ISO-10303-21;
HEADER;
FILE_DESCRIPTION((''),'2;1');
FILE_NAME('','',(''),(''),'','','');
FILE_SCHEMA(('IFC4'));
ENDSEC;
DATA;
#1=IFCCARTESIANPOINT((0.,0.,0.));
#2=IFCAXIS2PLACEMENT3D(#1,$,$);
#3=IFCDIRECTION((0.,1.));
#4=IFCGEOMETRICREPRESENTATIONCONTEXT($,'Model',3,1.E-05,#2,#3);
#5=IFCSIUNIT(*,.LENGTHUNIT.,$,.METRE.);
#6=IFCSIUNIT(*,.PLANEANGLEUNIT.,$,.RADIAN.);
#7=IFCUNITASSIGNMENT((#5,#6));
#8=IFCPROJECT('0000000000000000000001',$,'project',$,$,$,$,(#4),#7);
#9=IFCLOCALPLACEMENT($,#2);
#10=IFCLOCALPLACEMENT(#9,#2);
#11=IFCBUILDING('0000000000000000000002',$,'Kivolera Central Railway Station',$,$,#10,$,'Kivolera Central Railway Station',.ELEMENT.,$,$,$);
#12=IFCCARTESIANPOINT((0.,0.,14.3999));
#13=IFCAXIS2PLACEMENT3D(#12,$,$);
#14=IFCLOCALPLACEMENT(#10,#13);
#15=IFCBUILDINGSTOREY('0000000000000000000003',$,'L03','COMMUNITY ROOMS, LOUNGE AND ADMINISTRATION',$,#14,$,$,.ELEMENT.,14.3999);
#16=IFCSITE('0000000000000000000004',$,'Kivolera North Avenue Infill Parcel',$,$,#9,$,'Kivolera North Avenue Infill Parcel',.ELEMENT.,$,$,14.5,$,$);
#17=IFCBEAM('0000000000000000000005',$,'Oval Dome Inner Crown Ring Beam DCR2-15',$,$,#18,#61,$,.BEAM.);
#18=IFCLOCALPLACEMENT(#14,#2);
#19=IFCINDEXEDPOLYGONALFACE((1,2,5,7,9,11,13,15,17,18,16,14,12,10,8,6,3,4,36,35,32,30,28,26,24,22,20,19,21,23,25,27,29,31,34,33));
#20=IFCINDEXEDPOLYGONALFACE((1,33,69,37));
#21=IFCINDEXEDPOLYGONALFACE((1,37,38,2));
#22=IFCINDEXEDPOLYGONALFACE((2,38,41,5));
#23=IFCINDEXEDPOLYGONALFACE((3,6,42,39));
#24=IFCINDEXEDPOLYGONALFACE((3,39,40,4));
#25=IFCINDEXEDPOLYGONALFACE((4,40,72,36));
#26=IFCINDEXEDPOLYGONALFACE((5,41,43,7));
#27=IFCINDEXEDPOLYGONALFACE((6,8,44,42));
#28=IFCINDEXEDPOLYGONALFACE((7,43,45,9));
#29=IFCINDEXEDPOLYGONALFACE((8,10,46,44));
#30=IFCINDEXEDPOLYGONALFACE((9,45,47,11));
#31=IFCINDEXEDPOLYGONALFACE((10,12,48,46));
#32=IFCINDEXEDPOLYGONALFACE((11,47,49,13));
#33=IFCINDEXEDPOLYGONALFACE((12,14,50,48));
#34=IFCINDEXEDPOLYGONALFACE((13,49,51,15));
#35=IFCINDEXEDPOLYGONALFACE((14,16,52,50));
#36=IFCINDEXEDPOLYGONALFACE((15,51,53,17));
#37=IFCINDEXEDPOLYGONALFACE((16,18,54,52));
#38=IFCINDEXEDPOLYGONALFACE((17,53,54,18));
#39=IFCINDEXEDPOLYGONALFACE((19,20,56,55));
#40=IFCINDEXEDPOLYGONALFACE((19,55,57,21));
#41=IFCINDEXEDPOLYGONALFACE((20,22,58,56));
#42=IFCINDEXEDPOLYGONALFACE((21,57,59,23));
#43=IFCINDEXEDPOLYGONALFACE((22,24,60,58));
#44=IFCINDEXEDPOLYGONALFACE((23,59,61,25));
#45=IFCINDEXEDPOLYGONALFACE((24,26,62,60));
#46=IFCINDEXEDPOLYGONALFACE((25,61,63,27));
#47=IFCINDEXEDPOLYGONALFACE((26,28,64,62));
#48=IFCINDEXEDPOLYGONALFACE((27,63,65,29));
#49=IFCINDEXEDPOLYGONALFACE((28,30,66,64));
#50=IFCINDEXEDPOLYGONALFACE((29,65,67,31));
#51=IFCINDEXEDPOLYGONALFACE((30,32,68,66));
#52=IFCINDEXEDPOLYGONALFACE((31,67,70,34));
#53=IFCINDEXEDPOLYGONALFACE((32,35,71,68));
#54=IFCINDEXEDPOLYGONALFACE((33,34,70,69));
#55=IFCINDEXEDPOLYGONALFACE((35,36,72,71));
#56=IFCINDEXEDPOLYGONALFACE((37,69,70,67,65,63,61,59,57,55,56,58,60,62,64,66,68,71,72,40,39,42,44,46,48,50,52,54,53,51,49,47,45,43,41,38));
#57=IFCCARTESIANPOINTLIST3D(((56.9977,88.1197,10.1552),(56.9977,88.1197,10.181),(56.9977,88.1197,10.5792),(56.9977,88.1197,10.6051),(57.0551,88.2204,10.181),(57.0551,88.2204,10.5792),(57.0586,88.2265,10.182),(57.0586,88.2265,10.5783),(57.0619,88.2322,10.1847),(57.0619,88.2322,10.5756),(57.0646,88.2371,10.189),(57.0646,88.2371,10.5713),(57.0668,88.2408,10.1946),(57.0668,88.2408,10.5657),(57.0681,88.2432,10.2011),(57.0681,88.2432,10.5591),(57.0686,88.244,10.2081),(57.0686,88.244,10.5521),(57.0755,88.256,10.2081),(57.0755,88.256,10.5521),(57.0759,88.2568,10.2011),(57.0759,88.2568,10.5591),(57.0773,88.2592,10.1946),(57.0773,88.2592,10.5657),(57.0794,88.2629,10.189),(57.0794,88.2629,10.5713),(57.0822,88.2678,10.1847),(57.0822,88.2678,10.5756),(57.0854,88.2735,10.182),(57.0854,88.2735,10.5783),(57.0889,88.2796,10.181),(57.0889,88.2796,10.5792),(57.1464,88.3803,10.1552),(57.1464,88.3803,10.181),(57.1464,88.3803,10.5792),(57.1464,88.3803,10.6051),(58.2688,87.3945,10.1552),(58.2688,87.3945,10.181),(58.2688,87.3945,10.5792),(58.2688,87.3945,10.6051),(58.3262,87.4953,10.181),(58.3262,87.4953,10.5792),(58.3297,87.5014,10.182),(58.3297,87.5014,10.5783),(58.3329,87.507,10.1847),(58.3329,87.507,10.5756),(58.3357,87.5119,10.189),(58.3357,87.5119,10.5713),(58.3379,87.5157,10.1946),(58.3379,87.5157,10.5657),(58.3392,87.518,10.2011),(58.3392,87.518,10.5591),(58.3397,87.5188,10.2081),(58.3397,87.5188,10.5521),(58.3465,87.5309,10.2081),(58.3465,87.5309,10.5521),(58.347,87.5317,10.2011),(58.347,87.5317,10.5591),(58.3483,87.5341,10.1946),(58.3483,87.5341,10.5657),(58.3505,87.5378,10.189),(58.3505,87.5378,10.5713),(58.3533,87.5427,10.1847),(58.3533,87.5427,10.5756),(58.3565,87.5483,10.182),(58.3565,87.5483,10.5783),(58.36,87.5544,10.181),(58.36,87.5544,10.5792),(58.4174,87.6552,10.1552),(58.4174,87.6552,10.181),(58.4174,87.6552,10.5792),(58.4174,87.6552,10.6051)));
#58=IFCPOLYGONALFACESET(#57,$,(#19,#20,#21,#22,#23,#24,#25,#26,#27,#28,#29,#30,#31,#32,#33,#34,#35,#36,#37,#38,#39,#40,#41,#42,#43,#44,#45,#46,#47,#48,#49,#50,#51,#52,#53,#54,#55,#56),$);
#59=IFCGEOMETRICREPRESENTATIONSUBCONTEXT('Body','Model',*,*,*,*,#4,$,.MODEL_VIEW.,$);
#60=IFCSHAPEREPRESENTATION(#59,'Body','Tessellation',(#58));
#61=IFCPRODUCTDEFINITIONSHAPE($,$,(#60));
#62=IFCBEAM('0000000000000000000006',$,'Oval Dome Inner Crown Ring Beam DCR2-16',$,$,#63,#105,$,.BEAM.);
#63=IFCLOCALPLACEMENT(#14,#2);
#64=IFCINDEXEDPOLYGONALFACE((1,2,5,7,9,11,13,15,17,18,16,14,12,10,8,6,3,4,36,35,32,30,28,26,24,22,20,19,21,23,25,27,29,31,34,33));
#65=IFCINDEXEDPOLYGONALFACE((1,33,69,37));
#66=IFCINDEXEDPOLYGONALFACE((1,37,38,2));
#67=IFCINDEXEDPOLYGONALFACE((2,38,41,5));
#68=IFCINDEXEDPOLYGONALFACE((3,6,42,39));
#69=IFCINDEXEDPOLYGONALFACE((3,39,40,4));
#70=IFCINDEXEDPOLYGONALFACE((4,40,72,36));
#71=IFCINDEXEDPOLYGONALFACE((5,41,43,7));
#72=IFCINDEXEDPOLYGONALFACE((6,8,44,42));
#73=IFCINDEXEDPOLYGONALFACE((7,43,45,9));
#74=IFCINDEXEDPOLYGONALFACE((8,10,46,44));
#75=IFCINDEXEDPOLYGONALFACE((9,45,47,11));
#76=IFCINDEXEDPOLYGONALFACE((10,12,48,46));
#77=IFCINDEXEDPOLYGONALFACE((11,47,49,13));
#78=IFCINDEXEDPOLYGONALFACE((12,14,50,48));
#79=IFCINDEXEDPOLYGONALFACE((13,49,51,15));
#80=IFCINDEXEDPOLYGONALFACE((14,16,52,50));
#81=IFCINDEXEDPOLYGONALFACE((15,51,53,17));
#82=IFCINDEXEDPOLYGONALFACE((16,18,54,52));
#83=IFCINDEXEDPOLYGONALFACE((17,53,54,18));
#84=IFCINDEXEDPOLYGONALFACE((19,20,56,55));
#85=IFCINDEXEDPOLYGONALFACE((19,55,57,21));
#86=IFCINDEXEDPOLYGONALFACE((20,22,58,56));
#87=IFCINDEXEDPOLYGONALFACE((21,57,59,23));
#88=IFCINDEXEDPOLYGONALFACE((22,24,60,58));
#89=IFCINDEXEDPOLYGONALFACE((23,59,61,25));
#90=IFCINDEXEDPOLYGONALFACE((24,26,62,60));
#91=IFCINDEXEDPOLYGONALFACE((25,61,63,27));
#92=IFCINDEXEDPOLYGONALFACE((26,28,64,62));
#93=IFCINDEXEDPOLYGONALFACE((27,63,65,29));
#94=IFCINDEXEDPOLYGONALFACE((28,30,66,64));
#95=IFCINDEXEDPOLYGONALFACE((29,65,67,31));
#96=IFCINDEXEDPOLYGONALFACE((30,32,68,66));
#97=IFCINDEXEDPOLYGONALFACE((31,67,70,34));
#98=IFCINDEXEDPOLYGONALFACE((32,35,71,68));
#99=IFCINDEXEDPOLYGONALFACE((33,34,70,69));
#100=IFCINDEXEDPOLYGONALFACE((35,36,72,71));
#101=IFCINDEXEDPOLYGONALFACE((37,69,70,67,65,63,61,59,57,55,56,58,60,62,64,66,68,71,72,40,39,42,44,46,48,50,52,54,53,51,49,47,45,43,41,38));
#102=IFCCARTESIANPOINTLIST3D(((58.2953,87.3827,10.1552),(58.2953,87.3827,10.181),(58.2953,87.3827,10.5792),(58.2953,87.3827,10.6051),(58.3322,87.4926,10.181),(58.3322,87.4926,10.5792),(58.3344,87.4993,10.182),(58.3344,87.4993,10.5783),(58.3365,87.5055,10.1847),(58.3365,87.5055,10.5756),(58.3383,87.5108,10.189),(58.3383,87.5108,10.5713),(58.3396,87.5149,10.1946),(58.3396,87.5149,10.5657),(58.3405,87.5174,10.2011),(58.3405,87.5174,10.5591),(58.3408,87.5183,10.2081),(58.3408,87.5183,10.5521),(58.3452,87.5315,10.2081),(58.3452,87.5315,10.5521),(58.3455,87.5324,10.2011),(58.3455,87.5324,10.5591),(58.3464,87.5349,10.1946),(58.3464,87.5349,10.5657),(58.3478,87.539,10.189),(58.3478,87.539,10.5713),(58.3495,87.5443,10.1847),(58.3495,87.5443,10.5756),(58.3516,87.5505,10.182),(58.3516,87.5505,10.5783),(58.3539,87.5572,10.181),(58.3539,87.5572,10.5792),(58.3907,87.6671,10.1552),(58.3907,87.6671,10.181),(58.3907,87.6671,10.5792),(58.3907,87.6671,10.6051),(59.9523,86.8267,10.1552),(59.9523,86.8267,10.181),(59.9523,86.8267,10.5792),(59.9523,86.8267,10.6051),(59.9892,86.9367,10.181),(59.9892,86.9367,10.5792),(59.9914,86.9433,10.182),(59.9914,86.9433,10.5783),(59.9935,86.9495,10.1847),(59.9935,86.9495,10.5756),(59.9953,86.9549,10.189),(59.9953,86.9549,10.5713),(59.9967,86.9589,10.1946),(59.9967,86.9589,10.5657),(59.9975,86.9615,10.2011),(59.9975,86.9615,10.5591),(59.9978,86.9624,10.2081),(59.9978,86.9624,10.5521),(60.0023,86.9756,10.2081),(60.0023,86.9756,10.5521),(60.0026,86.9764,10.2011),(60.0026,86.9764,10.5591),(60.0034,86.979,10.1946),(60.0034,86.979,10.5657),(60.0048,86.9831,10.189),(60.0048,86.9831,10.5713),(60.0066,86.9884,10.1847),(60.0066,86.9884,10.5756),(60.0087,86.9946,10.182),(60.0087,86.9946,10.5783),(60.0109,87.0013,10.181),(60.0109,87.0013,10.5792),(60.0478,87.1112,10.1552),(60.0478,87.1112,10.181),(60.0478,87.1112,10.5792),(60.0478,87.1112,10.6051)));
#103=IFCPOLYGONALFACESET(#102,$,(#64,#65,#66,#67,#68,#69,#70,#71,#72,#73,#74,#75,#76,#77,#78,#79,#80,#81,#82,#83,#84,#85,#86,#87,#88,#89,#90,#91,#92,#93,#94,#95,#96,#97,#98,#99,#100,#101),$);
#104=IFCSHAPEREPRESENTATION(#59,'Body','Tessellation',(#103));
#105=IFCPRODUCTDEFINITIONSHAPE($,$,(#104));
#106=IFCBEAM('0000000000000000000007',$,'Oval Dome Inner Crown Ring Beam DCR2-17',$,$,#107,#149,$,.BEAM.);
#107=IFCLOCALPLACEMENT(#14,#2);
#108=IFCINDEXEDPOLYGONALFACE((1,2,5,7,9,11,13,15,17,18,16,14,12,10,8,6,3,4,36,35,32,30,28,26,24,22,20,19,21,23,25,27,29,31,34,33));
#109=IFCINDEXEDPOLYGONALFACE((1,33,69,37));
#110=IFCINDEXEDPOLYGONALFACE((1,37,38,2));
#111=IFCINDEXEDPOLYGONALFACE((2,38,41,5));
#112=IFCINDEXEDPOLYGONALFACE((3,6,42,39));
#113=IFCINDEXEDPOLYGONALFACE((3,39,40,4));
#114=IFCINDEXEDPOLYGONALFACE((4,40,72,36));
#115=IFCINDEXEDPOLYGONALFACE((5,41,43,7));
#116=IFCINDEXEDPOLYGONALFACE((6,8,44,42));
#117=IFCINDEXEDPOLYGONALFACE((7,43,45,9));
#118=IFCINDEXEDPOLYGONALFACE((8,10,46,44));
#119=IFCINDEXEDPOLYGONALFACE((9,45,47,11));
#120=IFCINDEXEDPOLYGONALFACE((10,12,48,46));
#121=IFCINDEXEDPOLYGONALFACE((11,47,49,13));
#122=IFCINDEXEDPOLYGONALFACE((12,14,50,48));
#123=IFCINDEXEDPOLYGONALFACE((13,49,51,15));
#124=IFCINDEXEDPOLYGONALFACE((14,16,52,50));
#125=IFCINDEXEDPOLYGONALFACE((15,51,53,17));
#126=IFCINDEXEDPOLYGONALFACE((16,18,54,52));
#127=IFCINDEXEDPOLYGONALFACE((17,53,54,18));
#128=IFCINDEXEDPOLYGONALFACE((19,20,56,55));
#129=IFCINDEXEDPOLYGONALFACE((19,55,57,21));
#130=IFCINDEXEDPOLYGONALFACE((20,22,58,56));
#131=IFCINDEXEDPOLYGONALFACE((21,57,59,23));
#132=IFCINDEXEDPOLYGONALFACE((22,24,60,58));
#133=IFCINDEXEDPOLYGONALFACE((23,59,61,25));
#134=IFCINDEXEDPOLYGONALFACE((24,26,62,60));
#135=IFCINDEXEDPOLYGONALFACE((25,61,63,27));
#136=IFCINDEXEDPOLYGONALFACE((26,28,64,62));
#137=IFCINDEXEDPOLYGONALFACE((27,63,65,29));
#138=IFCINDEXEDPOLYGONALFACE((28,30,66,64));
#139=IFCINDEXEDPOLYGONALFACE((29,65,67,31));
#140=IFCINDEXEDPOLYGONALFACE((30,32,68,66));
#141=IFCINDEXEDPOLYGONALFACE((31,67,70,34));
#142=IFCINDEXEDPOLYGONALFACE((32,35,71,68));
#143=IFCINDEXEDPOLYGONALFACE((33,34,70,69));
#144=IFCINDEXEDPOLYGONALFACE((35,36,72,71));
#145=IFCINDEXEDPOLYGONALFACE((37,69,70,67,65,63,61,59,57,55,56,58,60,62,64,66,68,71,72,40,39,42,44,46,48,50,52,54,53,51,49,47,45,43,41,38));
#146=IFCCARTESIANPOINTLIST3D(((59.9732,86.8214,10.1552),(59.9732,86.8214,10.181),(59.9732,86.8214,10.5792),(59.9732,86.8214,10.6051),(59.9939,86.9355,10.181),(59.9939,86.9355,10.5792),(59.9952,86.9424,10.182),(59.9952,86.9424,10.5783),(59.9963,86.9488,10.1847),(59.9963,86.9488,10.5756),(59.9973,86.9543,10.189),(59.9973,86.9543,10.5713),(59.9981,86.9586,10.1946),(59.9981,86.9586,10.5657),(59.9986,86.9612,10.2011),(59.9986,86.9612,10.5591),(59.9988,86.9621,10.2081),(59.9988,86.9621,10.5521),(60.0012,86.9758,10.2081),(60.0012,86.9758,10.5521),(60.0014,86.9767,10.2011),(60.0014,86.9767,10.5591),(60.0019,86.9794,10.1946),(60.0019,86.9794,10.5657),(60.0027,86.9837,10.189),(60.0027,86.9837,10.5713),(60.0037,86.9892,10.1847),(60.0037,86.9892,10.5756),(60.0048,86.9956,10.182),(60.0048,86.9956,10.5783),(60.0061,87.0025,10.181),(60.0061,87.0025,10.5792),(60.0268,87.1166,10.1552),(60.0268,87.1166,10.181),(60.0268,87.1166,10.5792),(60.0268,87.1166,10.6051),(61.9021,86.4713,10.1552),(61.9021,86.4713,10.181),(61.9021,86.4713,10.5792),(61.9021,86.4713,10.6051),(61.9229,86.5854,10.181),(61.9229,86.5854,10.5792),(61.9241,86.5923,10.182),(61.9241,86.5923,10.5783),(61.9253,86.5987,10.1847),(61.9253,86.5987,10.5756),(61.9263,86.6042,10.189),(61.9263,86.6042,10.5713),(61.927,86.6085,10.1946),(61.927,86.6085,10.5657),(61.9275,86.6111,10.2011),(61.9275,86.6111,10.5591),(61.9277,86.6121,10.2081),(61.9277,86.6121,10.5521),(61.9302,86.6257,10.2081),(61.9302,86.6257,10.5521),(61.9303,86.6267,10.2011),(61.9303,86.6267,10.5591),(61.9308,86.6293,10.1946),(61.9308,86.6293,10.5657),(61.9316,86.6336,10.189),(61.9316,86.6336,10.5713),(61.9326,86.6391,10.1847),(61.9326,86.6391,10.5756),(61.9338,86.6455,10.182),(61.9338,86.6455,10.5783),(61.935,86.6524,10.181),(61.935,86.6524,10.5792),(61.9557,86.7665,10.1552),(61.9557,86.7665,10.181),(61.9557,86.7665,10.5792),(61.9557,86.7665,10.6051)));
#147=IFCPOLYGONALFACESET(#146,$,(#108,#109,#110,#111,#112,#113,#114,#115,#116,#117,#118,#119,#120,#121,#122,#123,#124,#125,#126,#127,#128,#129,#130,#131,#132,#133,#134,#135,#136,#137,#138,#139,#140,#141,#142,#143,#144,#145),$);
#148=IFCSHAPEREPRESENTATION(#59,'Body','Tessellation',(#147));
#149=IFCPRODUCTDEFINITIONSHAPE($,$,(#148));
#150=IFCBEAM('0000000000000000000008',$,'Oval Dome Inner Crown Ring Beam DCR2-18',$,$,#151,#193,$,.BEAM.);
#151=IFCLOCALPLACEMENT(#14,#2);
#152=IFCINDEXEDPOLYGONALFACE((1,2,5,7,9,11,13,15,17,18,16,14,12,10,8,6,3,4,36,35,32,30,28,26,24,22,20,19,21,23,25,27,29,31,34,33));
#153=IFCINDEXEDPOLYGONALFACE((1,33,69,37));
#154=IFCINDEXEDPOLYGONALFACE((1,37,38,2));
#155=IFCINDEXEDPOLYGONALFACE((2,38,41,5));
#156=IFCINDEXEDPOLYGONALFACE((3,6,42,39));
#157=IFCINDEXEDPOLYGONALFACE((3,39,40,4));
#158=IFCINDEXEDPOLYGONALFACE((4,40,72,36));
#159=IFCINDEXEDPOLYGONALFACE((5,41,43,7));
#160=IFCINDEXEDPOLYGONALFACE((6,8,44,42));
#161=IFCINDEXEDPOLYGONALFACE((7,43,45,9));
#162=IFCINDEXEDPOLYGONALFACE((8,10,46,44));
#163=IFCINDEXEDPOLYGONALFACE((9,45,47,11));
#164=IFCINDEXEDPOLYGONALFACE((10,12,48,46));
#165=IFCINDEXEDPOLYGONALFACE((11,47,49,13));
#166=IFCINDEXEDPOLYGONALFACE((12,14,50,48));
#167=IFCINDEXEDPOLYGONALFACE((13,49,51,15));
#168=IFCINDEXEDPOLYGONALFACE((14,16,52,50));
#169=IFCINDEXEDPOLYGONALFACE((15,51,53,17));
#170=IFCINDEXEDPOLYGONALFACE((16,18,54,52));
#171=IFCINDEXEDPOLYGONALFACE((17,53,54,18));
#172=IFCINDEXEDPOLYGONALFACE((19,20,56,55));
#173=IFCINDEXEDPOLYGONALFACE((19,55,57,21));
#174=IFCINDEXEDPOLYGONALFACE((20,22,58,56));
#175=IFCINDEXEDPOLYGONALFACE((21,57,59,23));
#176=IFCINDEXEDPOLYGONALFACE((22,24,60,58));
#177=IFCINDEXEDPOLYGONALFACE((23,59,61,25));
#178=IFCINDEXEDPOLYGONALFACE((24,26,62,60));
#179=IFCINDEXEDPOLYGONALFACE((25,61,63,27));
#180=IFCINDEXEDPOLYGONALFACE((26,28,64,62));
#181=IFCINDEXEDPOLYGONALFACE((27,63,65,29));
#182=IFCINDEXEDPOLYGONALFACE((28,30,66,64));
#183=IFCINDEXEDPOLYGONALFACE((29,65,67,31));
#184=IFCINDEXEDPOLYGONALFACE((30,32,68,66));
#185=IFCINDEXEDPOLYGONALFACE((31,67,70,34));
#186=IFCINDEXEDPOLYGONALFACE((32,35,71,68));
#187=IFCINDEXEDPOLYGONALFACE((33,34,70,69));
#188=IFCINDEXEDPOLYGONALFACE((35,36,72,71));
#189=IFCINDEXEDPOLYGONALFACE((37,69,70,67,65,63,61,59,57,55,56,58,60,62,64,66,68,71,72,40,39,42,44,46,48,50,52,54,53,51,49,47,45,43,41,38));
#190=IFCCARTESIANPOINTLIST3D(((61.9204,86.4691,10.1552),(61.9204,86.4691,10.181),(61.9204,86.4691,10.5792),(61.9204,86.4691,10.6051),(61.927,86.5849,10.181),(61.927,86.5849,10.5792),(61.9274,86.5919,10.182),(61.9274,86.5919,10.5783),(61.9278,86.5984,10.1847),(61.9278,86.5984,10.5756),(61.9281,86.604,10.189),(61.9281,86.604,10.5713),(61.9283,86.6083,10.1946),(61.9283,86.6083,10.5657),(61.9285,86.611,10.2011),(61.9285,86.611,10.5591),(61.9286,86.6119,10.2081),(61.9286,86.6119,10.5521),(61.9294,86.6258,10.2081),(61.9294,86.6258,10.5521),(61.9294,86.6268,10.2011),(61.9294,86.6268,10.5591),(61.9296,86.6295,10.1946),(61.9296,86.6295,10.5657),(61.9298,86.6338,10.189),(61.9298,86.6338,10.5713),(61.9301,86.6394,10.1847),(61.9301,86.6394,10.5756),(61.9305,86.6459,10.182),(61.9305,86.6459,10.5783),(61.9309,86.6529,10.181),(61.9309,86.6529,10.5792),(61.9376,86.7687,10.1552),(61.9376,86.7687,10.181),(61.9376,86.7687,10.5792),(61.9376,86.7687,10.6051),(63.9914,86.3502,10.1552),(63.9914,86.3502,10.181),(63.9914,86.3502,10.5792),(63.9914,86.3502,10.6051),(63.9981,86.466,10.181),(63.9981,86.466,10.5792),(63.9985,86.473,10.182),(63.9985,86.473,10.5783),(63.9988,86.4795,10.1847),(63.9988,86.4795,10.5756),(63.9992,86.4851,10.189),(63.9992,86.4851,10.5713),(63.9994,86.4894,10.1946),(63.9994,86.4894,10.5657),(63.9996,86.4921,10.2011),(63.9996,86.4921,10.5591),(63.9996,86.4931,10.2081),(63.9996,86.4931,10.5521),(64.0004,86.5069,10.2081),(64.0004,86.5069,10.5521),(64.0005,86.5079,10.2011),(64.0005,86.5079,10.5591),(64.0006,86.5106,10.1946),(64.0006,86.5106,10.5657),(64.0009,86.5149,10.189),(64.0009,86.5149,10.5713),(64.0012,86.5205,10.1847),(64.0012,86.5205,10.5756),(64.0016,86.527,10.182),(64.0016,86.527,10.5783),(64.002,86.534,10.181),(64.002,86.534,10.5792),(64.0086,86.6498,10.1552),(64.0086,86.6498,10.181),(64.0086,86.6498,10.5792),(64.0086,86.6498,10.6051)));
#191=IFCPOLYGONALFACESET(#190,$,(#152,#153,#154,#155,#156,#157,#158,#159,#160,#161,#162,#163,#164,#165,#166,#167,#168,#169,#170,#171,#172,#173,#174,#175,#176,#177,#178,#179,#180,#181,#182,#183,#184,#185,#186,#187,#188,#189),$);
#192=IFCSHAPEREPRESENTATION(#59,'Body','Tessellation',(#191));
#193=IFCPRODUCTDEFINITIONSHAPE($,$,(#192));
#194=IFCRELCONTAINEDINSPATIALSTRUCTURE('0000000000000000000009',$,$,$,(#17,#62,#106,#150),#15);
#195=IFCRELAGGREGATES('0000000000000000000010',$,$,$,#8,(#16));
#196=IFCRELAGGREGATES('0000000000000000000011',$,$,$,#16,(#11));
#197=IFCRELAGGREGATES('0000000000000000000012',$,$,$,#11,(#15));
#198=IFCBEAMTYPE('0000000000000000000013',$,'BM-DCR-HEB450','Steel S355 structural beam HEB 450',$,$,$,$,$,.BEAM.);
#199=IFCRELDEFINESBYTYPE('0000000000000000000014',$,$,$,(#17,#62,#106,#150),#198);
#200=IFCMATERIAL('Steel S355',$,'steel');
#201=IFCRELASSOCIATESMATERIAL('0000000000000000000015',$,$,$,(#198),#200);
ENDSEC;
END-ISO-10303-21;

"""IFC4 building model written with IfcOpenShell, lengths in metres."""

from ifc_helpers import new_model, si_unit, direction, frame, origin, origin_2d, place, context, subcontext, project, spatial, i_section, extrude, material, material_profile, profile_set, type_object, element, save


model = new_model("IFC4")

# Units and contexts
model_context = context("Model", 3, precision=1e-05, world=origin(), true_north=direction((0.0, 1.0)))
body_context = subcontext(model_context, "Body", "Model", "MODEL_VIEW")
ifc_project = project(units=[si_unit("LENGTHUNIT", "METRE"), si_unit("PLANEANGLEUNIT", "RADIAN")], contexts=[model_context])

# Site, building, storey
site_placement = place(None, origin())
site = spatial("IfcSite", under=ifc_project, at=site_placement, Name="Kivolera North Avenue Infill Parcel", LongName="Kivolera North Avenue Infill Parcel", CompositionType="ELEMENT", RefElevation=14.5)
building_placement = place(site_placement, origin())
building = spatial("IfcBuilding", under=site, at=building_placement, Name="Kivolera Central Railway Station", LongName="Kivolera Central Railway Station", CompositionType="ELEMENT")
storey_placement = place(building_placement, frame((0.0, 0.0, 14.3999)))
storey = spatial("IfcBuildingStorey", under=building, at=storey_placement, Name="L03", Description="COMMUNITY ROOMS, LOUNGE AND ADMINISTRATION", CompositionType="ELEMENT", Elevation=14.3999)

# Beams
ifc_material_1 = material(Name="Steel S355", Category="steel")
ifc_material_profile_1 = material_profile(ifc_material_1, i_section(OverallWidth=0.3, OverallDepth=0.45, WebThickness=0.0139, FlangeThickness=0.0259, FilletRadius=0.0271, at=origin_2d()), Name="HEB 450")
ifc_profile_set_1 = profile_set([ifc_material_profile_1], Name="Steel S355")
beam_type = type_object("IfcBeamType", Name="BM-DCR-HEB450", Description="Steel S355 structural beam HEB 450", PredefinedType="BEAM", material=ifc_profile_set_1)
beam_1_placement = place(storey_placement, frame((57.072, 88.25, 10.3801), z_axis=(0.868592, -0.495528, 0.0), x_axis=(0.495528, 0.868592, 0.0)))
element("IfcBeam", 1, at=beam_1_placement, inside=storey, type_object=beam_type, Name="Oval Dome Inner Crown Ring Beam DCR2-15", PredefinedType="BEAM", context=body_context, shape_type="SweptSolid", body=[
    extrude(i_section(OverallWidth=0.3, OverallDepth=0.45, WebThickness=0.0139, FlangeThickness=0.0259, FilletRadius=0.0271, at=origin_2d()), origin(), (0.0, 0.0, 1.0), 1.4634),
])
beam_2_placement = place(storey_placement, frame((58.343, 87.5249, 10.3801), z_axis=(0.948067, -0.318071, 0.0), x_axis=(0.318071, 0.948067, 0.0)))
element("IfcBeam", 2, at=beam_2_placement, inside=storey, type_object=beam_type, Name="Oval Dome Inner Crown Ring Beam DCR2-16", PredefinedType="BEAM", context=body_context, shape_type="SweptSolid", body=[
    extrude(i_section(OverallWidth=0.3, OverallDepth=0.45, WebThickness=0.0139, FlangeThickness=0.0259, FilletRadius=0.0271, at=origin_2d()), origin(), (0.0, 0.0, 1.0), 1.7478),
])
beam_3_placement = place(storey_placement, frame((60.0, 86.969, 10.3801), z_axis=(0.983926, -0.178579, 0.0), x_axis=(0.178579, 0.983926, 0.0)))
element("IfcBeam", 3, at=beam_3_placement, inside=storey, type_object=beam_type, Name="Oval Dome Inner Crown Ring Beam DCR2-17", PredefinedType="BEAM", context=body_context, shape_type="SweptSolid", body=[
    extrude(i_section(OverallWidth=0.3, OverallDepth=0.45, WebThickness=0.0139, FlangeThickness=0.0259, FilletRadius=0.0271, at=origin_2d()), origin(), (0.0, 0.0, 1.0), 1.9604),
])
for number, where, z_axis, x_axis, name in (
    (4, (61.929, 86.6189, 10.3801), (0.998356, -0.057315, 0.0), (0.057315, 0.998356, 0.0), "Oval Dome Inner Crown Ring Beam DCR2-18"),
):
    element("IfcBeam", number, at=place(storey_placement, frame(where, z_axis=z_axis, x_axis=x_axis)), inside=storey, type_object=beam_type, Name=name, PredefinedType="BEAM", context=body_context, shape_type="SweptSolid", body=[
        extrude(i_section(OverallWidth=0.3, OverallDepth=0.45, WebThickness=0.0139, FlangeThickness=0.0259, FilletRadius=0.0271, at=origin_2d()), origin(), (0.0, 0.0, 1.0), 2.0745),
    ])

save(model, "model.ifc")
